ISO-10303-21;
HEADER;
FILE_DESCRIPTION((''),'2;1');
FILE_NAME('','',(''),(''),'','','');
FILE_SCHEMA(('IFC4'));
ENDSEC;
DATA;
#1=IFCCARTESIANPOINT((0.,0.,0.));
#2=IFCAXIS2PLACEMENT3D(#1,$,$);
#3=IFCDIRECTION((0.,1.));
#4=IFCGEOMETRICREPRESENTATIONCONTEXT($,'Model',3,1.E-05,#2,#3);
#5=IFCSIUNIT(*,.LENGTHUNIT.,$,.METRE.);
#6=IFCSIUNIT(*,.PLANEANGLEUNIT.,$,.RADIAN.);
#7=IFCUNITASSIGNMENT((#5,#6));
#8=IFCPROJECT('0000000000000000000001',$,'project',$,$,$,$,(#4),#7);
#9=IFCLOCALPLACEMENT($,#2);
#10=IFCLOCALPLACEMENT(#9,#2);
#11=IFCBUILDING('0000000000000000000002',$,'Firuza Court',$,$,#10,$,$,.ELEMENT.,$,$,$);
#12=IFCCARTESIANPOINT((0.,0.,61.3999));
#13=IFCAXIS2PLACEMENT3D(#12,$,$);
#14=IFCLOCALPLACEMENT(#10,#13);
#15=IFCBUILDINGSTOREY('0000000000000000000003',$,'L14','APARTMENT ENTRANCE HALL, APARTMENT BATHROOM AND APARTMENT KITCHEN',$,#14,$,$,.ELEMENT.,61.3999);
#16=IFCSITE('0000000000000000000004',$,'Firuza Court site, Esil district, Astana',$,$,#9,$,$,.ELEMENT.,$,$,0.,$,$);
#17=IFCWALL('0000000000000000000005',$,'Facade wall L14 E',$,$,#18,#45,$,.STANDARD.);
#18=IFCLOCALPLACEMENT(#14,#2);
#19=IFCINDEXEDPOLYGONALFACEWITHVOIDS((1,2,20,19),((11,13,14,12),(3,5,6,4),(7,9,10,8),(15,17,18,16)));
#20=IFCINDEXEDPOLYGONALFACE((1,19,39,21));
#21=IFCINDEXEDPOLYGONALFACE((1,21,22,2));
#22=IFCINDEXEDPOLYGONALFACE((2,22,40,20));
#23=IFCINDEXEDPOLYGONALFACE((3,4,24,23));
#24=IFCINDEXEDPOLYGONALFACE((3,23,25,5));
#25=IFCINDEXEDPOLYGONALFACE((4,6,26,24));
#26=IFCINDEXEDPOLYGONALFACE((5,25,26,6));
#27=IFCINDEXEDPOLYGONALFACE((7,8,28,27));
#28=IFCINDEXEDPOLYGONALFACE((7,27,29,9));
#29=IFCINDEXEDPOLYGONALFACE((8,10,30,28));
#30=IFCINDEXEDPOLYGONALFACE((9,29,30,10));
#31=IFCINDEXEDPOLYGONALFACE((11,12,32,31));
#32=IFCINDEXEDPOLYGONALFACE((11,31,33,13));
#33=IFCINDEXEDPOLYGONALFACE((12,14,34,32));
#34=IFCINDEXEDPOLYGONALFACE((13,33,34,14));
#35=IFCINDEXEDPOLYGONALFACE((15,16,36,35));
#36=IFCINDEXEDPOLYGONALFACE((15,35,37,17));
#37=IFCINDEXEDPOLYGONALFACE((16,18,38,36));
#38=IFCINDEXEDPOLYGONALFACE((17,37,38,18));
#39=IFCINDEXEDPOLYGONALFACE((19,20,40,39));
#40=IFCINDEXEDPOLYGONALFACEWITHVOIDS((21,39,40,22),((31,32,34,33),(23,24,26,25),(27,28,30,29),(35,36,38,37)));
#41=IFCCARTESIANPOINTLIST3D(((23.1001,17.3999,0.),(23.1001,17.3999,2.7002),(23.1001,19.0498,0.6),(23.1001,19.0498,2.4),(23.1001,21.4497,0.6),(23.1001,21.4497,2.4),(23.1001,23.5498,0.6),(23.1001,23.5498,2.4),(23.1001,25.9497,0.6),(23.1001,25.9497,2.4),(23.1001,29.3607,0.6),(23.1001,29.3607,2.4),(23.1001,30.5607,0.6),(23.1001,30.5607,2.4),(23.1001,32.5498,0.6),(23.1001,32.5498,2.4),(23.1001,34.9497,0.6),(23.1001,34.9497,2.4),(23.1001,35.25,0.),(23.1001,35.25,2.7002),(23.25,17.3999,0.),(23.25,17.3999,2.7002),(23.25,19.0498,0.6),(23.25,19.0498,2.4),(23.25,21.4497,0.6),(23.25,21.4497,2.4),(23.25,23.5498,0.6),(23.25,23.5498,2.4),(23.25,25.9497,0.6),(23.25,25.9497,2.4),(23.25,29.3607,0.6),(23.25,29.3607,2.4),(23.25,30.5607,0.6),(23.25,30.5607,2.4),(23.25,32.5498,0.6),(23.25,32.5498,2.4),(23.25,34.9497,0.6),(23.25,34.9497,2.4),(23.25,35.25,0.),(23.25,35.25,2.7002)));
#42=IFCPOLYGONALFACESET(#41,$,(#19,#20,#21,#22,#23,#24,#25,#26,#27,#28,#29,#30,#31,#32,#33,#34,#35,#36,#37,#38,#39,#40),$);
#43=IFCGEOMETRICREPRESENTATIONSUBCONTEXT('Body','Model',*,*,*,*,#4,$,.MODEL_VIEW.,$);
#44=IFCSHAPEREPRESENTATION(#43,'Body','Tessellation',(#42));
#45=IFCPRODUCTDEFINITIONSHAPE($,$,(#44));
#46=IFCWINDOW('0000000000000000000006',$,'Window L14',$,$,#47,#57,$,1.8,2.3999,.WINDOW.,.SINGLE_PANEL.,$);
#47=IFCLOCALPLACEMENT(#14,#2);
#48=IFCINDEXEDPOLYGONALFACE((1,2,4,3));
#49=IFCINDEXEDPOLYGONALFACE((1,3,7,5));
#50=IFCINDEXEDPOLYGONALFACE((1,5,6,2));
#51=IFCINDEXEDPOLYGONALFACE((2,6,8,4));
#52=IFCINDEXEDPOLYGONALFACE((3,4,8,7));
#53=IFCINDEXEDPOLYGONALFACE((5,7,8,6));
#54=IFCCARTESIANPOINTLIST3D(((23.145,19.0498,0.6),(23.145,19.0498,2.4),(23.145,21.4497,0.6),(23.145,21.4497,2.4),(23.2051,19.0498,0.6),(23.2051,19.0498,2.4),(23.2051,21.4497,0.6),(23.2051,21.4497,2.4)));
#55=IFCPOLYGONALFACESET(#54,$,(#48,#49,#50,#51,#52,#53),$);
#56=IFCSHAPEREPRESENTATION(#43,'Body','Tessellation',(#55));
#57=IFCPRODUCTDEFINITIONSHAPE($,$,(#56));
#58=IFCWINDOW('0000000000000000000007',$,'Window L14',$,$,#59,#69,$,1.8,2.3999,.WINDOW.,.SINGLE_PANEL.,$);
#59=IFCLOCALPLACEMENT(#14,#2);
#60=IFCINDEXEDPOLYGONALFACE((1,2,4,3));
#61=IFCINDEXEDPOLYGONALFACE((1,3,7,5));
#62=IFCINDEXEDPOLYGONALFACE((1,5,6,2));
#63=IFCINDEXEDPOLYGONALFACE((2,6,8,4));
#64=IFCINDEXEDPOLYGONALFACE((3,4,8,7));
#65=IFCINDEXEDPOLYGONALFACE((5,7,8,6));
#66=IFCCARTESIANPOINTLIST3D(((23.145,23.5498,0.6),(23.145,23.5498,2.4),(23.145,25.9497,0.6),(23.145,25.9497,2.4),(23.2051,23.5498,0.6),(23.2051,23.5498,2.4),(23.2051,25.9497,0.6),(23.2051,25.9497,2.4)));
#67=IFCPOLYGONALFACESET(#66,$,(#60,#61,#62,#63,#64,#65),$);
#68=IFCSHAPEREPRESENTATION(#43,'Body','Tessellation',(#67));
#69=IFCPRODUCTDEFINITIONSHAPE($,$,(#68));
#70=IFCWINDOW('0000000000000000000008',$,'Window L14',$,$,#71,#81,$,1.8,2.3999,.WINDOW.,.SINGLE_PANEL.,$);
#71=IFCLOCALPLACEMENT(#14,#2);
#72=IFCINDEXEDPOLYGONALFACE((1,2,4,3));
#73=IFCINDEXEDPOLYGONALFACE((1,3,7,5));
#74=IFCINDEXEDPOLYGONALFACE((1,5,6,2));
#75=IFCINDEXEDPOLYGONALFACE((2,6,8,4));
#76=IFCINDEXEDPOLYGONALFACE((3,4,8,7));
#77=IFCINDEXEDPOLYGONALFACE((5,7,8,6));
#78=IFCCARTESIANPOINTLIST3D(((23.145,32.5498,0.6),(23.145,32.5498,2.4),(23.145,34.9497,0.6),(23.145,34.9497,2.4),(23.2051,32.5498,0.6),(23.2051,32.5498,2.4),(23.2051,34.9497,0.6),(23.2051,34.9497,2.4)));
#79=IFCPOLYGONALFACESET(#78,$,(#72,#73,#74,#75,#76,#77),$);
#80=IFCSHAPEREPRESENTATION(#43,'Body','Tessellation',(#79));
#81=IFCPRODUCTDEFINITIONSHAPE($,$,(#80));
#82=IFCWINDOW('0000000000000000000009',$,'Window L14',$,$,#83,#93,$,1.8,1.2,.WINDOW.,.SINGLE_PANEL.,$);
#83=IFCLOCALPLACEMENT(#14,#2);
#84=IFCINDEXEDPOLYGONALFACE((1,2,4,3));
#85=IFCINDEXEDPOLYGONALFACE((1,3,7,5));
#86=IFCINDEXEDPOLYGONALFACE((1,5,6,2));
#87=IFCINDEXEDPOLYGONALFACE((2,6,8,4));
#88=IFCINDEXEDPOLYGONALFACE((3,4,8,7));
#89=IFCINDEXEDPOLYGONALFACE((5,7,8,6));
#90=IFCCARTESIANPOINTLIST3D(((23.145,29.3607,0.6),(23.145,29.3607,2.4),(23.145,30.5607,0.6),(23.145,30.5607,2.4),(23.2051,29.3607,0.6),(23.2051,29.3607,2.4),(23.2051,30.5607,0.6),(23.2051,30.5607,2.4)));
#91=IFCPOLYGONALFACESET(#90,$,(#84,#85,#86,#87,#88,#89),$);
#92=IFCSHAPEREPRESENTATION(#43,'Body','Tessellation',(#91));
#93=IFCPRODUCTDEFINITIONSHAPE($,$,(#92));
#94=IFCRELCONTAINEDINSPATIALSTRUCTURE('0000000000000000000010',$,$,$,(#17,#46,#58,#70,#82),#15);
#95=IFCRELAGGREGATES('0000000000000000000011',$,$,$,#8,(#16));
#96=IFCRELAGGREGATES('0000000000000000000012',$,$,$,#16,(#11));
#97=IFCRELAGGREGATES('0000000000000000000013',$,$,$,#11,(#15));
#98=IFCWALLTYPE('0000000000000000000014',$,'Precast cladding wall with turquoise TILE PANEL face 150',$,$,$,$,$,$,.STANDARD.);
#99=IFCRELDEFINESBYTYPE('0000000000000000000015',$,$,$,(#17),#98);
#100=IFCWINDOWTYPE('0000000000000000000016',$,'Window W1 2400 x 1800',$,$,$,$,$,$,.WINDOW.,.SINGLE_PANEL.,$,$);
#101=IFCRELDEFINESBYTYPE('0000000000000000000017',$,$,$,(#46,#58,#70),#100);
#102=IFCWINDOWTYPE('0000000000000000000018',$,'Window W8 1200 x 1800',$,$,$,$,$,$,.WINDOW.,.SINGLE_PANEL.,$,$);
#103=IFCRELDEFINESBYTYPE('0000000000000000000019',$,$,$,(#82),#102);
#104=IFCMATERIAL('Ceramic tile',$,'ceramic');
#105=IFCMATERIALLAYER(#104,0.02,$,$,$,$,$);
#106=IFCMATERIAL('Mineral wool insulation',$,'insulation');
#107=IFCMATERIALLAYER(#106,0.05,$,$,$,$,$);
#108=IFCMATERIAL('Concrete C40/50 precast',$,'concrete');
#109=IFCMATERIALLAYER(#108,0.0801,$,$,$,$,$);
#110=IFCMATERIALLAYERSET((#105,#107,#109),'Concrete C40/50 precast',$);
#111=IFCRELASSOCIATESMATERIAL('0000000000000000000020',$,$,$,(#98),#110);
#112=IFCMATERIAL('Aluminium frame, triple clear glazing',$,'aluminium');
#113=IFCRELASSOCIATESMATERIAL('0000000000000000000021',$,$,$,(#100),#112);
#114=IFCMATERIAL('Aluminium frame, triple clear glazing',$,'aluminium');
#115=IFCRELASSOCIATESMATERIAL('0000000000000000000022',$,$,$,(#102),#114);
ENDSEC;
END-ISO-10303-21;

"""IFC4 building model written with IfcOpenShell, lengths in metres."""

from ifc_helpers import new_model, si_unit, direction, frame, frame_2d, origin, place, context, subcontext, project, spatial, rectangle, extrude, material, layer, layer_set, type_object, element, fill, save


model = new_model("IFC4")

# Units and contexts
model_context = context("Model", 3, precision=1e-05, world=origin(), true_north=direction((0.0, 1.0)))
body_context = subcontext(model_context, "Body", "Model", "MODEL_VIEW")
ifc_project = project(units=[si_unit("LENGTHUNIT", "METRE"), si_unit("PLANEANGLEUNIT", "RADIAN")], contexts=[model_context])

# Site, building, storey
site_placement = place(None, origin())
site = spatial("IfcSite", under=ifc_project, at=site_placement, Name="Firuza Court site, Esil district, Astana", CompositionType="ELEMENT", RefElevation=0.0)
building_placement = place(site_placement, origin())
building = spatial("IfcBuilding", under=site, at=building_placement, Name="Firuza Court", CompositionType="ELEMENT")
storey_placement = place(building_placement, frame((0.0, 0.0, 61.3999)))
storey = spatial("IfcBuildingStorey", under=building, at=storey_placement, Name="L14", Description="APARTMENT ENTRANCE HALL, APARTMENT BATHROOM AND APARTMENT KITCHEN", CompositionType="ELEMENT", Elevation=61.3999)

# Shared definitions
ifc_material_1 = material(Name="Ceramic tile", Category="ceramic")
ifc_layer_1 = layer(ifc_material_1, 0.02)
ifc_material_2 = material(Name="Mineral wool insulation", Category="insulation")
ifc_layer_2 = layer(ifc_material_2, 0.05)
ifc_material_3 = material(Name="Concrete C40/50 precast", Category="concrete")
ifc_layer_3 = layer(ifc_material_3, 0.0801)
ifc_layer_set_1 = layer_set([ifc_layer_1, ifc_layer_2, ifc_layer_3], Name="Concrete C40/50 precast")
wall_type_1 = type_object("IfcWallType", Name="Precast cladding wall with turquoise TILE PANEL face 150", PredefinedType="STANDARD", material=ifc_layer_set_1)
ifc_material_4 = material(Name="Aluminium frame, triple clear glazing", Category="aluminium")
window_type_1 = type_object("IfcWindowType", Name="Window W1 2400 x 1800", PartitioningType="SINGLE_PANEL", PredefinedType="WINDOW", material=ifc_material_4)

# Wall, openings, windows
wall_1_placement = place(storey_placement, frame((23.175, 17.3999, 0.0), z_axis=(0.0, 0.0, 1.0), x_axis=(0.0, 1.0, 0.0)))
wall_1 = element("IfcWall", 1, at=wall_1_placement, inside=storey, type_object=wall_type_1, Name="Facade wall L14 E", PredefinedType="STANDARD", context=body_context, shape_type="SweptSolid", body=[
    extrude(rectangle(XDim=17.8501, YDim=0.1499, at=frame_2d((8.925, 0.0))), origin(), (0.0, 0.0, 1.0), 2.7002),
])
opening_1_placement = place(wall_1_placement, frame((1.6499, 0.0, 0.6001)))
opening_1 = element("IfcOpeningElement", 2, at=opening_1_placement, cuts=wall_1, PredefinedType="OPENING", context=body_context, shape_type="SweptSolid", body=[
    extrude(rectangle(XDim=2.3999, YDim=1.8, at=frame_2d((1.2, 0.8999))), frame((0.0, 0.0869, 0.0), z_axis=(0.0, -1.0, 0.0), x_axis=(1.0, 0.0, 0.0)), (0.0, 0.0, 1.0), 0.1738),
])
opening_2_placement = place(wall_1_placement, frame((6.1499, 0.0, 0.6001)))
opening_2 = element("IfcOpeningElement", 3, at=opening_2_placement, cuts=wall_1, PredefinedType="OPENING", context=body_context, shape_type="SweptSolid", body=[
    extrude(rectangle(XDim=2.3999, YDim=1.8, at=frame_2d((1.2, 0.8999))), frame((0.0, 0.0869, 0.0), z_axis=(0.0, -1.0, 0.0), x_axis=(1.0, 0.0, 0.0)), (0.0, 0.0, 1.0), 0.1738),
])
opening_3_placement = place(wall_1_placement, frame((11.9607, 0.0, 0.6001)))
opening_3 = element("IfcOpeningElement", 4, at=opening_3_placement, cuts=wall_1, PredefinedType="OPENING", context=body_context, shape_type="SweptSolid", body=[
    extrude(rectangle(XDim=1.2, YDim=1.8, at=frame_2d((0.6001, 0.8999))), frame((0.0, 0.0869, 0.0), z_axis=(0.0, -1.0, 0.0), x_axis=(1.0, 0.0, 0.0)), (0.0, 0.0, 1.0), 0.1738),
])
opening_4_placement = place(wall_1_placement, frame((15.1499, 0.0, 0.6001)))
opening_4 = element("IfcOpeningElement", 5, at=opening_4_placement, cuts=wall_1, PredefinedType="OPENING", context=body_context, shape_type="SweptSolid", body=[
    extrude(rectangle(XDim=2.3999, YDim=1.8, at=frame_2d((1.2, 0.8999))), frame((0.0, 0.0869, 0.0), z_axis=(0.0, -1.0, 0.0), x_axis=(1.0, 0.0, 0.0)), (0.0, 0.0, 1.0), 0.1738),
])
window_1_placement = place(opening_1_placement, origin())
window_1 = element("IfcWindow", 6, at=window_1_placement, inside=storey, type_object=window_type_1, Name="Window L14", OverallHeight=1.8, OverallWidth=2.3999, PartitioningType="SINGLE_PANEL", PredefinedType="WINDOW", context=body_context, shape_type="SweptSolid", body=[
    extrude(rectangle(XDim=2.3999, YDim=1.8, at=frame_2d((1.2, 0.8999))), frame((0.0, 0.03, 0.0), z_axis=(0.0, -1.0, 0.0), x_axis=(1.0, 0.0, 0.0)), (0.0, 0.0, 1.0), 0.0601),
])
fill(opening_1, window_1)
window_2_placement = place(opening_2_placement, origin())
window_2 = element("IfcWindow", 7, at=window_2_placement, inside=storey, type_object=window_type_1, Name="Window L14", OverallHeight=1.8, OverallWidth=2.3999, PartitioningType="SINGLE_PANEL", PredefinedType="WINDOW", context=body_context, shape_type="SweptSolid", body=[
    extrude(rectangle(XDim=2.3999, YDim=1.8, at=frame_2d((1.2, 0.8999))), frame((0.0, 0.03, 0.0), z_axis=(0.0, -1.0, 0.0), x_axis=(1.0, 0.0, 0.0)), (0.0, 0.0, 1.0), 0.0601),
])
fill(opening_2, window_2)
window_3_placement = place(opening_4_placement, origin())
window_3 = element("IfcWindow", 8, at=window_3_placement, inside=storey, type_object=window_type_1, Name="Window L14", OverallHeight=1.8, OverallWidth=2.3999, PartitioningType="SINGLE_PANEL", PredefinedType="WINDOW", context=body_context, shape_type="SweptSolid", body=[
    extrude(rectangle(XDim=2.3999, YDim=1.8, at=frame_2d((1.2, 0.8999))), frame((0.0, 0.03, 0.0), z_axis=(0.0, -1.0, 0.0), x_axis=(1.0, 0.0, 0.0)), (0.0, 0.0, 1.0), 0.0601),
])
fill(opening_4, window_3)
ifc_material_5 = material(Name="Aluminium frame, triple clear glazing", Category="aluminium")
window_type_2 = type_object("IfcWindowType", Name="Window W8 1200 x 1800", PartitioningType="SINGLE_PANEL", PredefinedType="WINDOW", material=ifc_material_5)
window_4_placement = place(opening_3_placement, origin())
window_4 = element("IfcWindow", 9, at=window_4_placement, inside=storey, type_object=window_type_2, Name="Window L14", OverallHeight=1.8, OverallWidth=1.2, PartitioningType="SINGLE_PANEL", PredefinedType="WINDOW", context=body_context, shape_type="SweptSolid", body=[
    extrude(rectangle(XDim=1.2, YDim=1.8, at=frame_2d((0.6001, 0.8999))), frame((0.0, 0.03, 0.0), z_axis=(0.0, -1.0, 0.0), x_axis=(1.0, 0.0, 0.0)), (0.0, 0.0, 1.0), 0.0601),
])
fill(opening_3, window_4)

save(model, "model.ifc")
